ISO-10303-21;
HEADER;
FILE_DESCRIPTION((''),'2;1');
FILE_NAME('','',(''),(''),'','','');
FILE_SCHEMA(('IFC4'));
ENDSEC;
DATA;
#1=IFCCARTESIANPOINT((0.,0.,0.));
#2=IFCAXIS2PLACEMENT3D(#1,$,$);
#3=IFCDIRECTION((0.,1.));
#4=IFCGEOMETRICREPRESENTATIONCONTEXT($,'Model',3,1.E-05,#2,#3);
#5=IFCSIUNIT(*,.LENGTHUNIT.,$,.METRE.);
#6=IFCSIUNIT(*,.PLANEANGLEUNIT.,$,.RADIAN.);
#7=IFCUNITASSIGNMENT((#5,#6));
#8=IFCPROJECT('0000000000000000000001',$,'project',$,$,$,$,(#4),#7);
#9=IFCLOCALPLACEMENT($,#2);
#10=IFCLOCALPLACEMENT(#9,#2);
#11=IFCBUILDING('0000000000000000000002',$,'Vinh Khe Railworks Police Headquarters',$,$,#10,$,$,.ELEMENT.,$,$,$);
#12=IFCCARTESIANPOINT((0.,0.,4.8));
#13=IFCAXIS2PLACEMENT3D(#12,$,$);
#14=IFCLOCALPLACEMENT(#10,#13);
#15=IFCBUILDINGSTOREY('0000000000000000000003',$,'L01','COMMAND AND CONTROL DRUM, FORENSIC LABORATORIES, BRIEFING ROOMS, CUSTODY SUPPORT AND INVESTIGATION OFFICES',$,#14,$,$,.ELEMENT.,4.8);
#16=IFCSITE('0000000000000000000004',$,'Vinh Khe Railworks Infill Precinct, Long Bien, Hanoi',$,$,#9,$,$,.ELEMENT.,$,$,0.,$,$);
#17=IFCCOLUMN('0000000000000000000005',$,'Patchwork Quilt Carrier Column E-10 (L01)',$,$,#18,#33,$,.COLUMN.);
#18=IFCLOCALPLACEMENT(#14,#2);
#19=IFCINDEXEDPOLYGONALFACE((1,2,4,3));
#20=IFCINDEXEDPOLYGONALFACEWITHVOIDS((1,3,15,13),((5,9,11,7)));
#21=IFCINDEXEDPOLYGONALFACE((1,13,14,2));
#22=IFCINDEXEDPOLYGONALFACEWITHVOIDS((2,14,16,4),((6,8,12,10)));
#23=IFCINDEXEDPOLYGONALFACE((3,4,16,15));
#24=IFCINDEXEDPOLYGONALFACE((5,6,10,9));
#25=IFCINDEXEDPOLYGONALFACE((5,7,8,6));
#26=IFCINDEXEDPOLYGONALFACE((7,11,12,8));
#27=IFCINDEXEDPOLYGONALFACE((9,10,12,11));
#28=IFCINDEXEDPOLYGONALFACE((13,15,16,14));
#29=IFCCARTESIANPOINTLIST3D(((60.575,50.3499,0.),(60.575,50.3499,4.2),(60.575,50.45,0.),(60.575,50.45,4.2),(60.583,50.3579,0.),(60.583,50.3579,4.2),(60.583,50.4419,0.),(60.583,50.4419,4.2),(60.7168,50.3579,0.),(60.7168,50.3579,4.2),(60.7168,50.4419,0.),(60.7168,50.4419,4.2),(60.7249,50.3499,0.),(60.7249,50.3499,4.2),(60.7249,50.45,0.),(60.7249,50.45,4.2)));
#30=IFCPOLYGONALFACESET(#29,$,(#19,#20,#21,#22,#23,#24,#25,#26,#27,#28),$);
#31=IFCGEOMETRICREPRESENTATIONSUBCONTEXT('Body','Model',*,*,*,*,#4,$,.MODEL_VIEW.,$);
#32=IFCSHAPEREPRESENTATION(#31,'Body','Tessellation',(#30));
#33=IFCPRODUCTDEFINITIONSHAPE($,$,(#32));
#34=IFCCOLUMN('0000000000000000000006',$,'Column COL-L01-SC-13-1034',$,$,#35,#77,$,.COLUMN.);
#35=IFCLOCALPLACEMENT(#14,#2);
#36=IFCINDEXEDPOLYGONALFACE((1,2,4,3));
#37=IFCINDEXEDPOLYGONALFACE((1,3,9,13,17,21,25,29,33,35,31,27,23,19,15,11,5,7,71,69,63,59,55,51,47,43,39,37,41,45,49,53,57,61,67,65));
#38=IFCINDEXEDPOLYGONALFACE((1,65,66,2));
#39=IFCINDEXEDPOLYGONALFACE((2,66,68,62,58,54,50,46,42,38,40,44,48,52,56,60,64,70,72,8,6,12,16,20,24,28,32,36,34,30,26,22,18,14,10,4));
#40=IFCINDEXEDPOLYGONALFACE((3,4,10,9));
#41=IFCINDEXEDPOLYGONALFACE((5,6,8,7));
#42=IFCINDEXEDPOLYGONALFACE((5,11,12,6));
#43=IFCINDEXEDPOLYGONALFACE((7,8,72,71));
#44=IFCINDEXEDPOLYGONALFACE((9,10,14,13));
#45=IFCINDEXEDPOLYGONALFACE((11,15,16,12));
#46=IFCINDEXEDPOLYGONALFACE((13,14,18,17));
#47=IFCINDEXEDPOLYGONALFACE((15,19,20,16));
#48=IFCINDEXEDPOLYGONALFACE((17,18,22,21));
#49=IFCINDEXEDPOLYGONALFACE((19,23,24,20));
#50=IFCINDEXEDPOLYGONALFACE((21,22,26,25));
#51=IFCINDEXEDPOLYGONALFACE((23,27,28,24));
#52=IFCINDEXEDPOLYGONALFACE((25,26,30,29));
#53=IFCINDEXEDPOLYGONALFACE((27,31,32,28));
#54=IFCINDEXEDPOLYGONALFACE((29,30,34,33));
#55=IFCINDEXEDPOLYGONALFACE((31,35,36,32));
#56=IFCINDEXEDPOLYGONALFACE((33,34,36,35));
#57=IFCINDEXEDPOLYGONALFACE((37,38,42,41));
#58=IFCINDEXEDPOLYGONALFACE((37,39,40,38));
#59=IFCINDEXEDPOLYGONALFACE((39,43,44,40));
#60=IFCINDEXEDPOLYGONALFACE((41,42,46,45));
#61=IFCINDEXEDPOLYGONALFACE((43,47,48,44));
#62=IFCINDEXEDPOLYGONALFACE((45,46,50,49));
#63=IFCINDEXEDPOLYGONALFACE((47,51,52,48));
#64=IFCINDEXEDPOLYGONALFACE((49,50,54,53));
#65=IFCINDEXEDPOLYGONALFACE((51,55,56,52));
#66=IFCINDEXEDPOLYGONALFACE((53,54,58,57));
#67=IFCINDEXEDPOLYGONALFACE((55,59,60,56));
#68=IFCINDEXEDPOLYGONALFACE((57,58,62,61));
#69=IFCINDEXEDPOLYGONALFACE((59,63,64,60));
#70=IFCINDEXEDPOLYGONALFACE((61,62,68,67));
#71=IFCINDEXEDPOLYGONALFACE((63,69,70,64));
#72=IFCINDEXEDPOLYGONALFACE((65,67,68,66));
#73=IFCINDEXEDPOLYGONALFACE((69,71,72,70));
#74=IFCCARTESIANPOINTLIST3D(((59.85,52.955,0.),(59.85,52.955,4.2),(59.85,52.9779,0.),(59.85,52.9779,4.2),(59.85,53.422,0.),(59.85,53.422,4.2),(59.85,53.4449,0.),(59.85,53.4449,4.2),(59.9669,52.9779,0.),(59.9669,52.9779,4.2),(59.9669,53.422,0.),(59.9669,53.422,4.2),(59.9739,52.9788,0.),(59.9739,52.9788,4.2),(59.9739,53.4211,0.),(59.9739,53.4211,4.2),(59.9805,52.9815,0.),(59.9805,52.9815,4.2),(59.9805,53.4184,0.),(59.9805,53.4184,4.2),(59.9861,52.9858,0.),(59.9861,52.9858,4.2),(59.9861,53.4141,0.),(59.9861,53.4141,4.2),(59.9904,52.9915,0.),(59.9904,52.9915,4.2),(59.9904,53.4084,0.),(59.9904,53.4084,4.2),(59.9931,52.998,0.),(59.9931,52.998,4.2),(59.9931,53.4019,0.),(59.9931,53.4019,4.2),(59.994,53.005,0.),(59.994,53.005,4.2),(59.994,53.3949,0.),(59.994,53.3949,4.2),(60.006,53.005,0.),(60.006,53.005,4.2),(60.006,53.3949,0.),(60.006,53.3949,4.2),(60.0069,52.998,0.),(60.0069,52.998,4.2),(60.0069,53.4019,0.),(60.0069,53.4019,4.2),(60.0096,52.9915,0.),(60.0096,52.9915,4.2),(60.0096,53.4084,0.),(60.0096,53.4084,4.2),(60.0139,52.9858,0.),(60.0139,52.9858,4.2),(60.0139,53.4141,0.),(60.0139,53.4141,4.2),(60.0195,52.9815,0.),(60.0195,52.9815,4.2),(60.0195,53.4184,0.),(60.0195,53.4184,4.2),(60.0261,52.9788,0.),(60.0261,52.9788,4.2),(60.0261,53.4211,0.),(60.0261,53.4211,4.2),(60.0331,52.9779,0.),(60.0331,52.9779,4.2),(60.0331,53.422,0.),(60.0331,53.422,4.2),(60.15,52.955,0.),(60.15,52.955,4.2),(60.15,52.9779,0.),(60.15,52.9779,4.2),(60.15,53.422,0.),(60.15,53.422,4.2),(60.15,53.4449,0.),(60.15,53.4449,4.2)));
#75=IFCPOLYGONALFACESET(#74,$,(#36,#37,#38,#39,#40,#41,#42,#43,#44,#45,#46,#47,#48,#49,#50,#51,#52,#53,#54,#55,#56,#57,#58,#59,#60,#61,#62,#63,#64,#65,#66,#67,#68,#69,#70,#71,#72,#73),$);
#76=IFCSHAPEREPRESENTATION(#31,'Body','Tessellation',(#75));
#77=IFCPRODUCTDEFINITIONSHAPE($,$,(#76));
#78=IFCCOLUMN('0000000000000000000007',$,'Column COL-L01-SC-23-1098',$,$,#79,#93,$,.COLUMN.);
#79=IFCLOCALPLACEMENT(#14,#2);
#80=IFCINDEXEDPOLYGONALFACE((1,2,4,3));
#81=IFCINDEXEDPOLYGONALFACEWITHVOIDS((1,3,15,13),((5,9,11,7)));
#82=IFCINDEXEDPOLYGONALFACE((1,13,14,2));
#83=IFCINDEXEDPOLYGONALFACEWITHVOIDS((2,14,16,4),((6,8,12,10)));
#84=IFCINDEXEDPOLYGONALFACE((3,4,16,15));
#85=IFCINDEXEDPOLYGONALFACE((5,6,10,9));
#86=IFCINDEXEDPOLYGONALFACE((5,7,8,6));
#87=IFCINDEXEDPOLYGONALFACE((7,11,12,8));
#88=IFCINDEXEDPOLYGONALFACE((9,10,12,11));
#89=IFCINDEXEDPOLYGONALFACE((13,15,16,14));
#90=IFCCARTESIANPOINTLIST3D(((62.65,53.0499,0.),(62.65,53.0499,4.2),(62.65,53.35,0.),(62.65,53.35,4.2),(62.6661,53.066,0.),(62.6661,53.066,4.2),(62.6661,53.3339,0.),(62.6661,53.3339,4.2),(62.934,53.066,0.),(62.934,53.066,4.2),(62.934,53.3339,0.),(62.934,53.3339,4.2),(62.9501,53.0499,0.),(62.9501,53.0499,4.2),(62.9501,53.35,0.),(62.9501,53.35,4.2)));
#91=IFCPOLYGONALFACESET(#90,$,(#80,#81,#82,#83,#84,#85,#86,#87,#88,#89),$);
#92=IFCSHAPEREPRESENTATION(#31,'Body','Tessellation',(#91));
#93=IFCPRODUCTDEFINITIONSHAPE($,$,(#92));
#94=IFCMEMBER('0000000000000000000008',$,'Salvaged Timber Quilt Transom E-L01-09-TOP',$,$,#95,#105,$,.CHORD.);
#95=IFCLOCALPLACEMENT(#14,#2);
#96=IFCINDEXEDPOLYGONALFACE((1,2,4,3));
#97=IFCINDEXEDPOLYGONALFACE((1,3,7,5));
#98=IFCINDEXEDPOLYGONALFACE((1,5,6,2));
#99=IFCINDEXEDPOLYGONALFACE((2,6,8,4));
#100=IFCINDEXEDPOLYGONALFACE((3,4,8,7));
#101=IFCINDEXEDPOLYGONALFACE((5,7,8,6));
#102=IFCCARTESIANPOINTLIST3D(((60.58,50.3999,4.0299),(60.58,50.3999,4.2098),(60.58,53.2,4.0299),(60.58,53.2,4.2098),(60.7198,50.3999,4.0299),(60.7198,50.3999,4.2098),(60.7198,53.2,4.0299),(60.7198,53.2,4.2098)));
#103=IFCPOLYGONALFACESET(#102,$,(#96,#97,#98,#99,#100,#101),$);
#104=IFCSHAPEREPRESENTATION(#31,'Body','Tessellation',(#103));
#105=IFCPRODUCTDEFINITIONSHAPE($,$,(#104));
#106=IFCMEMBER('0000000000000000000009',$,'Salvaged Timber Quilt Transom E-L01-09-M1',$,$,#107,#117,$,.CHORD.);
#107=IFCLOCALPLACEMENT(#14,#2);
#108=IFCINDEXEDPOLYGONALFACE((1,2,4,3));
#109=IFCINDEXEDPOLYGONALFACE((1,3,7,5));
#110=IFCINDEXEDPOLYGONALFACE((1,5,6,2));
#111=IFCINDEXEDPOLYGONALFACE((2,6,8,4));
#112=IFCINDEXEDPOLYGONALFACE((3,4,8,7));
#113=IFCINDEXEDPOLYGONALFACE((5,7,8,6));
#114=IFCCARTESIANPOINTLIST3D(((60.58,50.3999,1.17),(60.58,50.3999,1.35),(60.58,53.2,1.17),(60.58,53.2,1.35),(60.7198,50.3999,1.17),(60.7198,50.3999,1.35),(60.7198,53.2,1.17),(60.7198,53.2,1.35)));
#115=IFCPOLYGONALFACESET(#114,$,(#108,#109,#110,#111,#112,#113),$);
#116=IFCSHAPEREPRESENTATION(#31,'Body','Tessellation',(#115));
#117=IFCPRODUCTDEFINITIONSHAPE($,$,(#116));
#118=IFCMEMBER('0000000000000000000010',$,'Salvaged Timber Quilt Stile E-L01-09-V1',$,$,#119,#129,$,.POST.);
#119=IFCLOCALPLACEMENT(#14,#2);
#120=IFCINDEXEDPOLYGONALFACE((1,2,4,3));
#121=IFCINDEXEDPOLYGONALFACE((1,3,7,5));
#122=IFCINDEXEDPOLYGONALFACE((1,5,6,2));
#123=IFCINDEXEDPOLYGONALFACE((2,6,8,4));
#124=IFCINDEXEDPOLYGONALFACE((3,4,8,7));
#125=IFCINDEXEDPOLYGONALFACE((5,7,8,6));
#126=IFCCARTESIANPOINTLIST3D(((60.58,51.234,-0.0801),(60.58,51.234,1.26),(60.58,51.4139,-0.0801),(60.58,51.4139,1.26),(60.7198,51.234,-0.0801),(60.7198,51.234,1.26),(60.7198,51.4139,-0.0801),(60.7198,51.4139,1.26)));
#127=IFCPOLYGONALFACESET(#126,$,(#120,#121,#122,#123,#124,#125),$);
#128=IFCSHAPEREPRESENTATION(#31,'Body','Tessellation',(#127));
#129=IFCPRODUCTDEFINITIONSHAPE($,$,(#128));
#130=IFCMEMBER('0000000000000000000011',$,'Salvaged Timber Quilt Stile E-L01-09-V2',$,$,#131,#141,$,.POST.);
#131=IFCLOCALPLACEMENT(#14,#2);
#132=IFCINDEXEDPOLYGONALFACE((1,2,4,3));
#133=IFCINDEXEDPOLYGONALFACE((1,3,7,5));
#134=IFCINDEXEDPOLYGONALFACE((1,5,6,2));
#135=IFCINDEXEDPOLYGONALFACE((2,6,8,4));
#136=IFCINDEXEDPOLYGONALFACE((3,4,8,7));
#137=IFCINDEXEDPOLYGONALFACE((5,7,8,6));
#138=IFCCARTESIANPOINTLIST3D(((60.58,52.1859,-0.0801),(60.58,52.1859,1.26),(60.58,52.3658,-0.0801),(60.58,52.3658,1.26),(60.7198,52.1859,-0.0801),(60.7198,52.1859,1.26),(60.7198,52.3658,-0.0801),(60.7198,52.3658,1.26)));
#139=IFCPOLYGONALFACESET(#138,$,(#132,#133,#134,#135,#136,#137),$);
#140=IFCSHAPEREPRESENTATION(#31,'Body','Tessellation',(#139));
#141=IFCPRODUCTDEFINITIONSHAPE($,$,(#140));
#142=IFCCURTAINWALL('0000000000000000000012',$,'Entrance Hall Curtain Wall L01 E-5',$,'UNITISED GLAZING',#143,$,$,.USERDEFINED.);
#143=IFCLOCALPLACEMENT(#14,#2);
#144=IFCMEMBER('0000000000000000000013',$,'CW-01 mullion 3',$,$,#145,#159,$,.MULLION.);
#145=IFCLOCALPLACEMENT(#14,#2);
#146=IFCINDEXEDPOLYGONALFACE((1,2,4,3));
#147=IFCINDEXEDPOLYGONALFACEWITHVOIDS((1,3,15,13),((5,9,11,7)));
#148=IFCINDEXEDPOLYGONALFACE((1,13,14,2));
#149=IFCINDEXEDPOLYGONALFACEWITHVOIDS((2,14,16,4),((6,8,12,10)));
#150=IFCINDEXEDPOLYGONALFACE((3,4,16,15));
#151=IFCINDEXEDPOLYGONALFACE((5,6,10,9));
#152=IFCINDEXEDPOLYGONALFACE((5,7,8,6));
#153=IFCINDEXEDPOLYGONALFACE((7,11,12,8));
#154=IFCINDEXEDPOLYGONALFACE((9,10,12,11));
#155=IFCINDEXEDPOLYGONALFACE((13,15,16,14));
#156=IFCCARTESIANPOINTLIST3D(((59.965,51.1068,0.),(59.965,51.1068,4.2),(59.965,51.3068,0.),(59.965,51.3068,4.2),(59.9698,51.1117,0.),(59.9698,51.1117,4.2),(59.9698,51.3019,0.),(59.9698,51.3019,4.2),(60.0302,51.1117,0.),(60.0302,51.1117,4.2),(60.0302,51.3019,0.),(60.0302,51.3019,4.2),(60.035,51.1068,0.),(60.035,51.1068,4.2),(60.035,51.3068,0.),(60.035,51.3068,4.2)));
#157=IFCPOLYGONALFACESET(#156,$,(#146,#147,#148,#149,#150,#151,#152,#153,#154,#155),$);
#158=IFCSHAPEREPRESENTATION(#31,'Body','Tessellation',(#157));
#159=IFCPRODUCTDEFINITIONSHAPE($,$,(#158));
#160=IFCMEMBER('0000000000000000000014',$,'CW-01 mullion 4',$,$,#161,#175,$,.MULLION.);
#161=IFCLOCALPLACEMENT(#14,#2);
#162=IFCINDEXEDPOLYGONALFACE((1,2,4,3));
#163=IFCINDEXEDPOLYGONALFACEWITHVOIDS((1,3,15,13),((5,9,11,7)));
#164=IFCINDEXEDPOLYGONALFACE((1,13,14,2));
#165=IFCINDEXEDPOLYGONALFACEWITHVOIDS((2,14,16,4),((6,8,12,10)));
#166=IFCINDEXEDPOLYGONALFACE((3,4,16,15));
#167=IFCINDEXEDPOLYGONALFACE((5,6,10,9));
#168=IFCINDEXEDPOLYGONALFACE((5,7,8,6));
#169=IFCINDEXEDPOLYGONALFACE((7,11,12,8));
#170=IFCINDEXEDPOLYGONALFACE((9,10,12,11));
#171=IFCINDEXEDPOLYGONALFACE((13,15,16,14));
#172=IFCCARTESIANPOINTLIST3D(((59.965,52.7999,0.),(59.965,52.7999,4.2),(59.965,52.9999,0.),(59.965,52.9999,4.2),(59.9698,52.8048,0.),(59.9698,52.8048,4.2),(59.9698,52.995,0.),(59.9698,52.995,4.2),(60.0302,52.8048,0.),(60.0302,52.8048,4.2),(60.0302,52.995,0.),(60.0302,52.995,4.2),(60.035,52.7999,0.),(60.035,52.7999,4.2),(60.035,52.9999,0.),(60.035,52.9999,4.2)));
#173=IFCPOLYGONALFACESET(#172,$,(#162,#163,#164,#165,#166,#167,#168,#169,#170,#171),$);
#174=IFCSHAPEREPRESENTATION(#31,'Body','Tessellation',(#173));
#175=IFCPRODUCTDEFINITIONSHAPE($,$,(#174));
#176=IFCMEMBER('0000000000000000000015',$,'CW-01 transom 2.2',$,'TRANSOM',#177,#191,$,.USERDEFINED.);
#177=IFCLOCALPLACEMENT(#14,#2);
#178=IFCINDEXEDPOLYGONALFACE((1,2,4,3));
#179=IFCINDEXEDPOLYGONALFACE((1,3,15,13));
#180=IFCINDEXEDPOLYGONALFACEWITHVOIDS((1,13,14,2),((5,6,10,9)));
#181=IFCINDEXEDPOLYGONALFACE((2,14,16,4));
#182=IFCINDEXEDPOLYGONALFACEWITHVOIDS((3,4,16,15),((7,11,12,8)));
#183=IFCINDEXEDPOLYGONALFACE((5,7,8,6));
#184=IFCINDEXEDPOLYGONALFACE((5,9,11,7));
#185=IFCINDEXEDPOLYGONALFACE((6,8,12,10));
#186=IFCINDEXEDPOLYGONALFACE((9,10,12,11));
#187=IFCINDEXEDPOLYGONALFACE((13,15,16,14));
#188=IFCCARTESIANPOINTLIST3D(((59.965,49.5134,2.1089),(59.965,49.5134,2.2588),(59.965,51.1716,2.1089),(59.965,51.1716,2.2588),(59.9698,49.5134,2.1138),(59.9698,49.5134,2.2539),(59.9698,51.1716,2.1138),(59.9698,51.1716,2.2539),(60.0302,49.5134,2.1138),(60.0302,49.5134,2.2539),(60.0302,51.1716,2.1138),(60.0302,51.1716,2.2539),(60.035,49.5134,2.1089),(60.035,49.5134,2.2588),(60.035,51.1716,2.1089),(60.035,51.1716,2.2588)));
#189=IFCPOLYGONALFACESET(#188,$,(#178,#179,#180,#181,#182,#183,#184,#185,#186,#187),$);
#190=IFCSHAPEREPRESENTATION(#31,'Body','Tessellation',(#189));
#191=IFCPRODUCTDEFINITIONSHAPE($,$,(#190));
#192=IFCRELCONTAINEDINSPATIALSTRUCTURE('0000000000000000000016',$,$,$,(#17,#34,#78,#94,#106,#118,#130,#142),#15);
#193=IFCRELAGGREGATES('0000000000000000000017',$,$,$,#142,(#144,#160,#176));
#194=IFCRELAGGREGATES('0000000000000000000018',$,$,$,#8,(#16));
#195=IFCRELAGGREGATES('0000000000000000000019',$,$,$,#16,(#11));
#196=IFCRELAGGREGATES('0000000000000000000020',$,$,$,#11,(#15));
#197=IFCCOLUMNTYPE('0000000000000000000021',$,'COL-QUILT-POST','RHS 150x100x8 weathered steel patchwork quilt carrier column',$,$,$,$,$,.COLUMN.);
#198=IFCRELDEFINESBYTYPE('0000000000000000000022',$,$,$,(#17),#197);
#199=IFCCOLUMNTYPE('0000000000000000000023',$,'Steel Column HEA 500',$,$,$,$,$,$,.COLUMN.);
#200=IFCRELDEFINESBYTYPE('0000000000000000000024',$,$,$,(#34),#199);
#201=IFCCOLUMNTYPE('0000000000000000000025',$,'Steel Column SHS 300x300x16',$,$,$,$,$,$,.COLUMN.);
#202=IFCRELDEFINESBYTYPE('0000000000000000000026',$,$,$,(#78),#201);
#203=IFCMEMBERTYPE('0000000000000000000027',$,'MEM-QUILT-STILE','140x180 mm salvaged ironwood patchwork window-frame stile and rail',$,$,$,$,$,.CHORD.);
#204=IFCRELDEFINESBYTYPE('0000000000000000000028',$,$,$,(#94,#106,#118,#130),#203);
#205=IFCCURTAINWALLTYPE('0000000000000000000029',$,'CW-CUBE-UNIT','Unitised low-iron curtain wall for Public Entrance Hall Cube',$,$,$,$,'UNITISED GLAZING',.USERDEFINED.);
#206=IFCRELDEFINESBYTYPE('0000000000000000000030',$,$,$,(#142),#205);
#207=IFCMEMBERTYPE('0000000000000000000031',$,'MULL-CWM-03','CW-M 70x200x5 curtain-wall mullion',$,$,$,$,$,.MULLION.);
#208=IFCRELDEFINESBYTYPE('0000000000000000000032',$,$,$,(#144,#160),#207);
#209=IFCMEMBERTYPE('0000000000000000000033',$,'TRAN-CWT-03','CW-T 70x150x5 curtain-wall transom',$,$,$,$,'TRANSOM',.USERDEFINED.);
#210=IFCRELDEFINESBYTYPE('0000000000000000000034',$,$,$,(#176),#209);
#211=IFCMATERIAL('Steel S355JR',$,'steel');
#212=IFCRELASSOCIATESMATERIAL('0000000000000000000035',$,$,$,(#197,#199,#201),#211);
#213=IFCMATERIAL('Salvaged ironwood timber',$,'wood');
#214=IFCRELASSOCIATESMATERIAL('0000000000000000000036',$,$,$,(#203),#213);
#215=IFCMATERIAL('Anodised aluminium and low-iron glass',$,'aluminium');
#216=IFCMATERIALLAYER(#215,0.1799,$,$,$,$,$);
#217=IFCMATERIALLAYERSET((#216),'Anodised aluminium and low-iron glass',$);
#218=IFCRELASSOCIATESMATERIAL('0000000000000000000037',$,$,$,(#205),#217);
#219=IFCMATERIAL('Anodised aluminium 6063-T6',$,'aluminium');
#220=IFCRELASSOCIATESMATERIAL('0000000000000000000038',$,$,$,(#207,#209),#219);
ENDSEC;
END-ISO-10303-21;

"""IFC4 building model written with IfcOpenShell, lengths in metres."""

from ifc_helpers import new_model, si_unit, direction, frame, origin, origin_2d, place, context, subcontext, project, spatial, rectangle, hollow_rectangle, i_section, extrude, material, layer, layer_set, material_profile, profile_set, type_object, element, aggregate, save


model = new_model("IFC4")

# Units and contexts
model_context = context("Model", 3, precision=1e-05, world=origin(), true_north=direction((0.0, 1.0)))
body_context = subcontext(model_context, "Body", "Model", "MODEL_VIEW")
ifc_project = project(units=[si_unit("LENGTHUNIT", "METRE"), si_unit("PLANEANGLEUNIT", "RADIAN")], contexts=[model_context])

# Site, building, storey
site_placement = place(None, origin())
site = spatial("IfcSite", under=ifc_project, at=site_placement, Name="Vinh Khe Railworks Infill Precinct, Long Bien, Hanoi", CompositionType="ELEMENT", RefElevation=0.0)
building_placement = place(site_placement, origin())
building = spatial("IfcBuilding", under=site, at=building_placement, Name="Vinh Khe Railworks Police Headquarters", CompositionType="ELEMENT")
storey_placement = place(building_placement, frame((0.0, 0.0, 4.8)))
storey = spatial("IfcBuildingStorey", under=building, at=storey_placement, Name="L01", Description="COMMAND AND CONTROL DRUM, FORENSIC LABORATORIES, BRIEFING ROOMS, CUSTODY SUPPORT AND INVESTIGATION OFFICES", CompositionType="ELEMENT", Elevation=4.8)

# Columns
ifc_material_1 = material(Name="Steel S355JR", Category="steel")
ifc_material_profile_1 = material_profile(ifc_material_1, hollow_rectangle(XDim=0.1499, YDim=0.1001, WallThickness=0.0081, at=origin_2d()), Name="RHS 150x100x8")
ifc_profile_set_1 = profile_set([ifc_material_profile_1], Name="Steel S355JR")
column_type_1 = type_object("IfcColumnType", Name="COL-QUILT-POST", Description="RHS 150x100x8 weathered steel patchwork quilt carrier column", PredefinedType="COLUMN", material=ifc_profile_set_1)
column_1_placement = place(storey_placement, frame((60.6499, 50.3999, 0.0), z_axis=(0.0, 0.0, 1.0), x_axis=(1.0, 0.0, 0.0)))
element("IfcColumn", 1, at=column_1_placement, inside=storey, type_object=column_type_1, Name="Patchwork Quilt Carrier Column E-10 (L01)", PredefinedType="COLUMN", context=body_context, shape_type="SweptSolid", body=[
    extrude(hollow_rectangle(XDim=0.1499, YDim=0.1001, WallThickness=0.0081, at=origin_2d()), origin(), (0.0, 0.0, 1.0), 4.2),
])
ifc_material_profile_2 = material_profile(ifc_material_1, i_section(OverallWidth=0.3, OverallDepth=0.49, WebThickness=0.012, FlangeThickness=0.0229, FilletRadius=0.0271, at=origin_2d()), Name="HEA 500")
ifc_profile_set_2 = profile_set([ifc_material_profile_2], Name="Steel S355JR")
column_type_2 = type_object("IfcColumnType", Name="Steel Column HEA 500", PredefinedType="COLUMN", material=ifc_profile_set_2)
column_2_placement = place(storey_placement, frame((60.0, 53.2, 0.0), z_axis=(0.0, 0.0, 1.0), x_axis=(1.0, 0.0, 0.0)))
element("IfcColumn", 2, at=column_2_placement, inside=storey, type_object=column_type_2, Name="Column COL-L01-SC-13-1034", PredefinedType="COLUMN", context=body_context, shape_type="SweptSolid", body=[
    extrude(i_section(OverallWidth=0.3, OverallDepth=0.49, WebThickness=0.012, FlangeThickness=0.0229, FilletRadius=0.0271, at=origin_2d()), origin(), (0.0, 0.0, 1.0), 4.2),
])
ifc_material_profile_3 = material_profile(ifc_material_1, hollow_rectangle(XDim=0.3, YDim=0.3, WallThickness=0.0161, at=origin_2d()), Name="SHS 300x300x16")
ifc_profile_set_3 = profile_set([ifc_material_profile_3], Name="Steel S355JR")
column_type_3 = type_object("IfcColumnType", Name="Steel Column SHS 300x300x16", PredefinedType="COLUMN", material=ifc_profile_set_3)
column_3_placement = place(storey_placement, frame((62.8, 53.2, 0.0), z_axis=(0.0, 0.0, 1.0), x_axis=(1.0, 0.0, 0.0)))
element("IfcColumn", 3, at=column_3_placement, inside=storey, type_object=column_type_3, Name="Column COL-L01-SC-23-1098", PredefinedType="COLUMN", context=body_context, shape_type="SweptSolid", body=[
    extrude(hollow_rectangle(XDim=0.3, YDim=0.3, WallThickness=0.0161, at=origin_2d()), origin(), (0.0, 0.0, 1.0), 4.2),
])

# Members
ifc_material_2 = material(Name="Salvaged ironwood timber", Category="wood")
ifc_material_profile_4 = material_profile(ifc_material_2, rectangle(XDim=0.1399, YDim=0.1799, at=origin_2d()), Name="TIMBER 140x180")
ifc_profile_set_4 = profile_set([ifc_material_profile_4], Name="Salvaged ironwood timber")
member_type_1 = type_object("IfcMemberType", Name="MEM-QUILT-STILE", Description="140x180 mm salvaged ironwood patchwork window-frame stile and rail", PredefinedType="CHORD", material=ifc_profile_set_4)
for number, where, z_axis, x_axis, name in (
    (4, (60.6499, 50.3999, 4.1199), (0.0, 1.0, 0.0), (-1.0, 0.0, 0.0), "Salvaged Timber Quilt Transom E-L01-09-TOP"),
    (5, (60.6499, 50.3999, 1.26), (0.0, 1.0, 0.0), (-1.0, 0.0, 0.0), "Salvaged Timber Quilt Transom E-L01-09-M1"),
):
    element("IfcMember", number, at=place(storey_placement, frame(where, z_axis=z_axis, x_axis=x_axis)), inside=storey, type_object=member_type_1, Name=name, PredefinedType="CHORD", context=body_context, shape_type="SweptSolid", body=[
        extrude(rectangle(XDim=0.1399, YDim=0.1799, at=origin_2d()), origin(), (0.0, 0.0, 1.0), 2.8),
    ])
for number, where, z_axis, x_axis, name in (
    (6, (60.6499, 51.324, -0.0801), (0.0, 0.0, 1.0), (1.0, 0.0, 0.0), "Salvaged Timber Quilt Stile E-L01-09-V1"),
    (7, (60.6499, 52.2759, -0.0801), (0.0, 0.0, 1.0), (1.0, 0.0, 0.0), "Salvaged Timber Quilt Stile E-L01-09-V2"),
):
    element("IfcMember", number, at=place(storey_placement, frame(where, z_axis=z_axis, x_axis=x_axis)), inside=storey, type_object=member_type_1, Name=name, PredefinedType="POST", context=body_context, shape_type="SweptSolid", body=[
        extrude(rectangle(XDim=0.1399, YDim=0.1799, at=origin_2d()), origin(), (0.0, 0.0, 1.0), 1.3401),
    ])

# Curtain wall, members
ifc_material_3 = material(Name="Anodised aluminium and low-iron glass", Category="aluminium")
ifc_layer_1 = layer(ifc_material_3, 0.1799)
ifc_layer_set_1 = layer_set([ifc_layer_1], Name="Anodised aluminium and low-iron glass")
curtain_wall_type = type_object("IfcCurtainWallType", Name="CW-CUBE-UNIT", Description="Unitised low-iron curtain wall for Public Entrance Hall Cube", ElementType="UNITISED GLAZING", PredefinedType="USERDEFINED", material=ifc_layer_set_1)
curtain_wall_placement = place(storey_placement, origin())
curtain_wall = element("IfcCurtainWall", 8, at=curtain_wall_placement, inside=storey, type_object=curtain_wall_type, Name="Entrance Hall Curtain Wall L01 E-5", ObjectType="UNITISED GLAZING", PredefinedType="USERDEFINED")
ifc_material_4 = material(Name="Anodised aluminium 6063-T6", Category="aluminium")
ifc_material_profile_5 = material_profile(ifc_material_4, hollow_rectangle(XDim=0.0701, YDim=0.2, WallThickness=0.0049, at=origin_2d()), Name="CW-M 70x200x5")
ifc_profile_set_5 = profile_set([ifc_material_profile_5], Name="Anodised aluminium 6063-T6")
member_type_2 = type_object("IfcMemberType", Name="MULL-CWM-03", Description="CW-M 70x200x5 curtain-wall mullion", PredefinedType="MULLION", material=ifc_profile_set_5)
member_1_placement = place(storey_placement, frame((60.0, 51.2068, 0.0), z_axis=(0.0, 0.0, 1.0), x_axis=(-1.0, 0.0, 0.0)))
member_1 = element("IfcMember", 9, at=member_1_placement, type_object=member_type_2, Name="CW-01 mullion 3", PredefinedType="MULLION", context=body_context, shape_type="SweptSolid", body=[
    extrude(hollow_rectangle(XDim=0.0701, YDim=0.2, WallThickness=0.0049, at=origin_2d()), origin(), (0.0, 0.0, 1.0), 4.2),
])
member_2_placement = place(storey_placement, frame((60.0, 52.8999, 0.0), z_axis=(0.0, 0.0, 1.0), x_axis=(-1.0, 0.0, 0.0)))
member_2 = element("IfcMember", 10, at=member_2_placement, type_object=member_type_2, Name="CW-01 mullion 4", PredefinedType="MULLION", context=body_context, shape_type="SweptSolid", body=[
    extrude(hollow_rectangle(XDim=0.0701, YDim=0.2, WallThickness=0.0049, at=origin_2d()), origin(), (0.0, 0.0, 1.0), 4.2),
])
ifc_material_profile_6 = material_profile(ifc_material_4, hollow_rectangle(XDim=0.0701, YDim=0.1499, WallThickness=0.0049, at=origin_2d()), Name="CW-T 70x150x5")
ifc_profile_set_6 = profile_set([ifc_material_profile_6], Name="Anodised aluminium 6063-T6")
member_type_3 = type_object("IfcMemberType", Name="TRAN-CWT-03", Description="CW-T 70x150x5 curtain-wall transom", ElementType="TRANSOM", PredefinedType="USERDEFINED", material=ifc_profile_set_6)
member_3_placement = place(storey_placement, frame((60.0, 49.5134, 2.1838), z_axis=(0.0, 1.0, 0.0), x_axis=(-1.0, 0.0, 0.0)))
member_3 = element("IfcMember", 11, at=member_3_placement, type_object=member_type_3, Name="CW-01 transom 2.2", ObjectType="TRANSOM", PredefinedType="USERDEFINED", context=body_context, shape_type="SweptSolid", body=[
    extrude(hollow_rectangle(XDim=0.0701, YDim=0.1499, WallThickness=0.0049, at=origin_2d()), origin(), (0.0, 0.0, 1.0), 1.6582),
])
aggregate(curtain_wall, [member_1, member_2, member_3])

save(model, "model.ifc")
